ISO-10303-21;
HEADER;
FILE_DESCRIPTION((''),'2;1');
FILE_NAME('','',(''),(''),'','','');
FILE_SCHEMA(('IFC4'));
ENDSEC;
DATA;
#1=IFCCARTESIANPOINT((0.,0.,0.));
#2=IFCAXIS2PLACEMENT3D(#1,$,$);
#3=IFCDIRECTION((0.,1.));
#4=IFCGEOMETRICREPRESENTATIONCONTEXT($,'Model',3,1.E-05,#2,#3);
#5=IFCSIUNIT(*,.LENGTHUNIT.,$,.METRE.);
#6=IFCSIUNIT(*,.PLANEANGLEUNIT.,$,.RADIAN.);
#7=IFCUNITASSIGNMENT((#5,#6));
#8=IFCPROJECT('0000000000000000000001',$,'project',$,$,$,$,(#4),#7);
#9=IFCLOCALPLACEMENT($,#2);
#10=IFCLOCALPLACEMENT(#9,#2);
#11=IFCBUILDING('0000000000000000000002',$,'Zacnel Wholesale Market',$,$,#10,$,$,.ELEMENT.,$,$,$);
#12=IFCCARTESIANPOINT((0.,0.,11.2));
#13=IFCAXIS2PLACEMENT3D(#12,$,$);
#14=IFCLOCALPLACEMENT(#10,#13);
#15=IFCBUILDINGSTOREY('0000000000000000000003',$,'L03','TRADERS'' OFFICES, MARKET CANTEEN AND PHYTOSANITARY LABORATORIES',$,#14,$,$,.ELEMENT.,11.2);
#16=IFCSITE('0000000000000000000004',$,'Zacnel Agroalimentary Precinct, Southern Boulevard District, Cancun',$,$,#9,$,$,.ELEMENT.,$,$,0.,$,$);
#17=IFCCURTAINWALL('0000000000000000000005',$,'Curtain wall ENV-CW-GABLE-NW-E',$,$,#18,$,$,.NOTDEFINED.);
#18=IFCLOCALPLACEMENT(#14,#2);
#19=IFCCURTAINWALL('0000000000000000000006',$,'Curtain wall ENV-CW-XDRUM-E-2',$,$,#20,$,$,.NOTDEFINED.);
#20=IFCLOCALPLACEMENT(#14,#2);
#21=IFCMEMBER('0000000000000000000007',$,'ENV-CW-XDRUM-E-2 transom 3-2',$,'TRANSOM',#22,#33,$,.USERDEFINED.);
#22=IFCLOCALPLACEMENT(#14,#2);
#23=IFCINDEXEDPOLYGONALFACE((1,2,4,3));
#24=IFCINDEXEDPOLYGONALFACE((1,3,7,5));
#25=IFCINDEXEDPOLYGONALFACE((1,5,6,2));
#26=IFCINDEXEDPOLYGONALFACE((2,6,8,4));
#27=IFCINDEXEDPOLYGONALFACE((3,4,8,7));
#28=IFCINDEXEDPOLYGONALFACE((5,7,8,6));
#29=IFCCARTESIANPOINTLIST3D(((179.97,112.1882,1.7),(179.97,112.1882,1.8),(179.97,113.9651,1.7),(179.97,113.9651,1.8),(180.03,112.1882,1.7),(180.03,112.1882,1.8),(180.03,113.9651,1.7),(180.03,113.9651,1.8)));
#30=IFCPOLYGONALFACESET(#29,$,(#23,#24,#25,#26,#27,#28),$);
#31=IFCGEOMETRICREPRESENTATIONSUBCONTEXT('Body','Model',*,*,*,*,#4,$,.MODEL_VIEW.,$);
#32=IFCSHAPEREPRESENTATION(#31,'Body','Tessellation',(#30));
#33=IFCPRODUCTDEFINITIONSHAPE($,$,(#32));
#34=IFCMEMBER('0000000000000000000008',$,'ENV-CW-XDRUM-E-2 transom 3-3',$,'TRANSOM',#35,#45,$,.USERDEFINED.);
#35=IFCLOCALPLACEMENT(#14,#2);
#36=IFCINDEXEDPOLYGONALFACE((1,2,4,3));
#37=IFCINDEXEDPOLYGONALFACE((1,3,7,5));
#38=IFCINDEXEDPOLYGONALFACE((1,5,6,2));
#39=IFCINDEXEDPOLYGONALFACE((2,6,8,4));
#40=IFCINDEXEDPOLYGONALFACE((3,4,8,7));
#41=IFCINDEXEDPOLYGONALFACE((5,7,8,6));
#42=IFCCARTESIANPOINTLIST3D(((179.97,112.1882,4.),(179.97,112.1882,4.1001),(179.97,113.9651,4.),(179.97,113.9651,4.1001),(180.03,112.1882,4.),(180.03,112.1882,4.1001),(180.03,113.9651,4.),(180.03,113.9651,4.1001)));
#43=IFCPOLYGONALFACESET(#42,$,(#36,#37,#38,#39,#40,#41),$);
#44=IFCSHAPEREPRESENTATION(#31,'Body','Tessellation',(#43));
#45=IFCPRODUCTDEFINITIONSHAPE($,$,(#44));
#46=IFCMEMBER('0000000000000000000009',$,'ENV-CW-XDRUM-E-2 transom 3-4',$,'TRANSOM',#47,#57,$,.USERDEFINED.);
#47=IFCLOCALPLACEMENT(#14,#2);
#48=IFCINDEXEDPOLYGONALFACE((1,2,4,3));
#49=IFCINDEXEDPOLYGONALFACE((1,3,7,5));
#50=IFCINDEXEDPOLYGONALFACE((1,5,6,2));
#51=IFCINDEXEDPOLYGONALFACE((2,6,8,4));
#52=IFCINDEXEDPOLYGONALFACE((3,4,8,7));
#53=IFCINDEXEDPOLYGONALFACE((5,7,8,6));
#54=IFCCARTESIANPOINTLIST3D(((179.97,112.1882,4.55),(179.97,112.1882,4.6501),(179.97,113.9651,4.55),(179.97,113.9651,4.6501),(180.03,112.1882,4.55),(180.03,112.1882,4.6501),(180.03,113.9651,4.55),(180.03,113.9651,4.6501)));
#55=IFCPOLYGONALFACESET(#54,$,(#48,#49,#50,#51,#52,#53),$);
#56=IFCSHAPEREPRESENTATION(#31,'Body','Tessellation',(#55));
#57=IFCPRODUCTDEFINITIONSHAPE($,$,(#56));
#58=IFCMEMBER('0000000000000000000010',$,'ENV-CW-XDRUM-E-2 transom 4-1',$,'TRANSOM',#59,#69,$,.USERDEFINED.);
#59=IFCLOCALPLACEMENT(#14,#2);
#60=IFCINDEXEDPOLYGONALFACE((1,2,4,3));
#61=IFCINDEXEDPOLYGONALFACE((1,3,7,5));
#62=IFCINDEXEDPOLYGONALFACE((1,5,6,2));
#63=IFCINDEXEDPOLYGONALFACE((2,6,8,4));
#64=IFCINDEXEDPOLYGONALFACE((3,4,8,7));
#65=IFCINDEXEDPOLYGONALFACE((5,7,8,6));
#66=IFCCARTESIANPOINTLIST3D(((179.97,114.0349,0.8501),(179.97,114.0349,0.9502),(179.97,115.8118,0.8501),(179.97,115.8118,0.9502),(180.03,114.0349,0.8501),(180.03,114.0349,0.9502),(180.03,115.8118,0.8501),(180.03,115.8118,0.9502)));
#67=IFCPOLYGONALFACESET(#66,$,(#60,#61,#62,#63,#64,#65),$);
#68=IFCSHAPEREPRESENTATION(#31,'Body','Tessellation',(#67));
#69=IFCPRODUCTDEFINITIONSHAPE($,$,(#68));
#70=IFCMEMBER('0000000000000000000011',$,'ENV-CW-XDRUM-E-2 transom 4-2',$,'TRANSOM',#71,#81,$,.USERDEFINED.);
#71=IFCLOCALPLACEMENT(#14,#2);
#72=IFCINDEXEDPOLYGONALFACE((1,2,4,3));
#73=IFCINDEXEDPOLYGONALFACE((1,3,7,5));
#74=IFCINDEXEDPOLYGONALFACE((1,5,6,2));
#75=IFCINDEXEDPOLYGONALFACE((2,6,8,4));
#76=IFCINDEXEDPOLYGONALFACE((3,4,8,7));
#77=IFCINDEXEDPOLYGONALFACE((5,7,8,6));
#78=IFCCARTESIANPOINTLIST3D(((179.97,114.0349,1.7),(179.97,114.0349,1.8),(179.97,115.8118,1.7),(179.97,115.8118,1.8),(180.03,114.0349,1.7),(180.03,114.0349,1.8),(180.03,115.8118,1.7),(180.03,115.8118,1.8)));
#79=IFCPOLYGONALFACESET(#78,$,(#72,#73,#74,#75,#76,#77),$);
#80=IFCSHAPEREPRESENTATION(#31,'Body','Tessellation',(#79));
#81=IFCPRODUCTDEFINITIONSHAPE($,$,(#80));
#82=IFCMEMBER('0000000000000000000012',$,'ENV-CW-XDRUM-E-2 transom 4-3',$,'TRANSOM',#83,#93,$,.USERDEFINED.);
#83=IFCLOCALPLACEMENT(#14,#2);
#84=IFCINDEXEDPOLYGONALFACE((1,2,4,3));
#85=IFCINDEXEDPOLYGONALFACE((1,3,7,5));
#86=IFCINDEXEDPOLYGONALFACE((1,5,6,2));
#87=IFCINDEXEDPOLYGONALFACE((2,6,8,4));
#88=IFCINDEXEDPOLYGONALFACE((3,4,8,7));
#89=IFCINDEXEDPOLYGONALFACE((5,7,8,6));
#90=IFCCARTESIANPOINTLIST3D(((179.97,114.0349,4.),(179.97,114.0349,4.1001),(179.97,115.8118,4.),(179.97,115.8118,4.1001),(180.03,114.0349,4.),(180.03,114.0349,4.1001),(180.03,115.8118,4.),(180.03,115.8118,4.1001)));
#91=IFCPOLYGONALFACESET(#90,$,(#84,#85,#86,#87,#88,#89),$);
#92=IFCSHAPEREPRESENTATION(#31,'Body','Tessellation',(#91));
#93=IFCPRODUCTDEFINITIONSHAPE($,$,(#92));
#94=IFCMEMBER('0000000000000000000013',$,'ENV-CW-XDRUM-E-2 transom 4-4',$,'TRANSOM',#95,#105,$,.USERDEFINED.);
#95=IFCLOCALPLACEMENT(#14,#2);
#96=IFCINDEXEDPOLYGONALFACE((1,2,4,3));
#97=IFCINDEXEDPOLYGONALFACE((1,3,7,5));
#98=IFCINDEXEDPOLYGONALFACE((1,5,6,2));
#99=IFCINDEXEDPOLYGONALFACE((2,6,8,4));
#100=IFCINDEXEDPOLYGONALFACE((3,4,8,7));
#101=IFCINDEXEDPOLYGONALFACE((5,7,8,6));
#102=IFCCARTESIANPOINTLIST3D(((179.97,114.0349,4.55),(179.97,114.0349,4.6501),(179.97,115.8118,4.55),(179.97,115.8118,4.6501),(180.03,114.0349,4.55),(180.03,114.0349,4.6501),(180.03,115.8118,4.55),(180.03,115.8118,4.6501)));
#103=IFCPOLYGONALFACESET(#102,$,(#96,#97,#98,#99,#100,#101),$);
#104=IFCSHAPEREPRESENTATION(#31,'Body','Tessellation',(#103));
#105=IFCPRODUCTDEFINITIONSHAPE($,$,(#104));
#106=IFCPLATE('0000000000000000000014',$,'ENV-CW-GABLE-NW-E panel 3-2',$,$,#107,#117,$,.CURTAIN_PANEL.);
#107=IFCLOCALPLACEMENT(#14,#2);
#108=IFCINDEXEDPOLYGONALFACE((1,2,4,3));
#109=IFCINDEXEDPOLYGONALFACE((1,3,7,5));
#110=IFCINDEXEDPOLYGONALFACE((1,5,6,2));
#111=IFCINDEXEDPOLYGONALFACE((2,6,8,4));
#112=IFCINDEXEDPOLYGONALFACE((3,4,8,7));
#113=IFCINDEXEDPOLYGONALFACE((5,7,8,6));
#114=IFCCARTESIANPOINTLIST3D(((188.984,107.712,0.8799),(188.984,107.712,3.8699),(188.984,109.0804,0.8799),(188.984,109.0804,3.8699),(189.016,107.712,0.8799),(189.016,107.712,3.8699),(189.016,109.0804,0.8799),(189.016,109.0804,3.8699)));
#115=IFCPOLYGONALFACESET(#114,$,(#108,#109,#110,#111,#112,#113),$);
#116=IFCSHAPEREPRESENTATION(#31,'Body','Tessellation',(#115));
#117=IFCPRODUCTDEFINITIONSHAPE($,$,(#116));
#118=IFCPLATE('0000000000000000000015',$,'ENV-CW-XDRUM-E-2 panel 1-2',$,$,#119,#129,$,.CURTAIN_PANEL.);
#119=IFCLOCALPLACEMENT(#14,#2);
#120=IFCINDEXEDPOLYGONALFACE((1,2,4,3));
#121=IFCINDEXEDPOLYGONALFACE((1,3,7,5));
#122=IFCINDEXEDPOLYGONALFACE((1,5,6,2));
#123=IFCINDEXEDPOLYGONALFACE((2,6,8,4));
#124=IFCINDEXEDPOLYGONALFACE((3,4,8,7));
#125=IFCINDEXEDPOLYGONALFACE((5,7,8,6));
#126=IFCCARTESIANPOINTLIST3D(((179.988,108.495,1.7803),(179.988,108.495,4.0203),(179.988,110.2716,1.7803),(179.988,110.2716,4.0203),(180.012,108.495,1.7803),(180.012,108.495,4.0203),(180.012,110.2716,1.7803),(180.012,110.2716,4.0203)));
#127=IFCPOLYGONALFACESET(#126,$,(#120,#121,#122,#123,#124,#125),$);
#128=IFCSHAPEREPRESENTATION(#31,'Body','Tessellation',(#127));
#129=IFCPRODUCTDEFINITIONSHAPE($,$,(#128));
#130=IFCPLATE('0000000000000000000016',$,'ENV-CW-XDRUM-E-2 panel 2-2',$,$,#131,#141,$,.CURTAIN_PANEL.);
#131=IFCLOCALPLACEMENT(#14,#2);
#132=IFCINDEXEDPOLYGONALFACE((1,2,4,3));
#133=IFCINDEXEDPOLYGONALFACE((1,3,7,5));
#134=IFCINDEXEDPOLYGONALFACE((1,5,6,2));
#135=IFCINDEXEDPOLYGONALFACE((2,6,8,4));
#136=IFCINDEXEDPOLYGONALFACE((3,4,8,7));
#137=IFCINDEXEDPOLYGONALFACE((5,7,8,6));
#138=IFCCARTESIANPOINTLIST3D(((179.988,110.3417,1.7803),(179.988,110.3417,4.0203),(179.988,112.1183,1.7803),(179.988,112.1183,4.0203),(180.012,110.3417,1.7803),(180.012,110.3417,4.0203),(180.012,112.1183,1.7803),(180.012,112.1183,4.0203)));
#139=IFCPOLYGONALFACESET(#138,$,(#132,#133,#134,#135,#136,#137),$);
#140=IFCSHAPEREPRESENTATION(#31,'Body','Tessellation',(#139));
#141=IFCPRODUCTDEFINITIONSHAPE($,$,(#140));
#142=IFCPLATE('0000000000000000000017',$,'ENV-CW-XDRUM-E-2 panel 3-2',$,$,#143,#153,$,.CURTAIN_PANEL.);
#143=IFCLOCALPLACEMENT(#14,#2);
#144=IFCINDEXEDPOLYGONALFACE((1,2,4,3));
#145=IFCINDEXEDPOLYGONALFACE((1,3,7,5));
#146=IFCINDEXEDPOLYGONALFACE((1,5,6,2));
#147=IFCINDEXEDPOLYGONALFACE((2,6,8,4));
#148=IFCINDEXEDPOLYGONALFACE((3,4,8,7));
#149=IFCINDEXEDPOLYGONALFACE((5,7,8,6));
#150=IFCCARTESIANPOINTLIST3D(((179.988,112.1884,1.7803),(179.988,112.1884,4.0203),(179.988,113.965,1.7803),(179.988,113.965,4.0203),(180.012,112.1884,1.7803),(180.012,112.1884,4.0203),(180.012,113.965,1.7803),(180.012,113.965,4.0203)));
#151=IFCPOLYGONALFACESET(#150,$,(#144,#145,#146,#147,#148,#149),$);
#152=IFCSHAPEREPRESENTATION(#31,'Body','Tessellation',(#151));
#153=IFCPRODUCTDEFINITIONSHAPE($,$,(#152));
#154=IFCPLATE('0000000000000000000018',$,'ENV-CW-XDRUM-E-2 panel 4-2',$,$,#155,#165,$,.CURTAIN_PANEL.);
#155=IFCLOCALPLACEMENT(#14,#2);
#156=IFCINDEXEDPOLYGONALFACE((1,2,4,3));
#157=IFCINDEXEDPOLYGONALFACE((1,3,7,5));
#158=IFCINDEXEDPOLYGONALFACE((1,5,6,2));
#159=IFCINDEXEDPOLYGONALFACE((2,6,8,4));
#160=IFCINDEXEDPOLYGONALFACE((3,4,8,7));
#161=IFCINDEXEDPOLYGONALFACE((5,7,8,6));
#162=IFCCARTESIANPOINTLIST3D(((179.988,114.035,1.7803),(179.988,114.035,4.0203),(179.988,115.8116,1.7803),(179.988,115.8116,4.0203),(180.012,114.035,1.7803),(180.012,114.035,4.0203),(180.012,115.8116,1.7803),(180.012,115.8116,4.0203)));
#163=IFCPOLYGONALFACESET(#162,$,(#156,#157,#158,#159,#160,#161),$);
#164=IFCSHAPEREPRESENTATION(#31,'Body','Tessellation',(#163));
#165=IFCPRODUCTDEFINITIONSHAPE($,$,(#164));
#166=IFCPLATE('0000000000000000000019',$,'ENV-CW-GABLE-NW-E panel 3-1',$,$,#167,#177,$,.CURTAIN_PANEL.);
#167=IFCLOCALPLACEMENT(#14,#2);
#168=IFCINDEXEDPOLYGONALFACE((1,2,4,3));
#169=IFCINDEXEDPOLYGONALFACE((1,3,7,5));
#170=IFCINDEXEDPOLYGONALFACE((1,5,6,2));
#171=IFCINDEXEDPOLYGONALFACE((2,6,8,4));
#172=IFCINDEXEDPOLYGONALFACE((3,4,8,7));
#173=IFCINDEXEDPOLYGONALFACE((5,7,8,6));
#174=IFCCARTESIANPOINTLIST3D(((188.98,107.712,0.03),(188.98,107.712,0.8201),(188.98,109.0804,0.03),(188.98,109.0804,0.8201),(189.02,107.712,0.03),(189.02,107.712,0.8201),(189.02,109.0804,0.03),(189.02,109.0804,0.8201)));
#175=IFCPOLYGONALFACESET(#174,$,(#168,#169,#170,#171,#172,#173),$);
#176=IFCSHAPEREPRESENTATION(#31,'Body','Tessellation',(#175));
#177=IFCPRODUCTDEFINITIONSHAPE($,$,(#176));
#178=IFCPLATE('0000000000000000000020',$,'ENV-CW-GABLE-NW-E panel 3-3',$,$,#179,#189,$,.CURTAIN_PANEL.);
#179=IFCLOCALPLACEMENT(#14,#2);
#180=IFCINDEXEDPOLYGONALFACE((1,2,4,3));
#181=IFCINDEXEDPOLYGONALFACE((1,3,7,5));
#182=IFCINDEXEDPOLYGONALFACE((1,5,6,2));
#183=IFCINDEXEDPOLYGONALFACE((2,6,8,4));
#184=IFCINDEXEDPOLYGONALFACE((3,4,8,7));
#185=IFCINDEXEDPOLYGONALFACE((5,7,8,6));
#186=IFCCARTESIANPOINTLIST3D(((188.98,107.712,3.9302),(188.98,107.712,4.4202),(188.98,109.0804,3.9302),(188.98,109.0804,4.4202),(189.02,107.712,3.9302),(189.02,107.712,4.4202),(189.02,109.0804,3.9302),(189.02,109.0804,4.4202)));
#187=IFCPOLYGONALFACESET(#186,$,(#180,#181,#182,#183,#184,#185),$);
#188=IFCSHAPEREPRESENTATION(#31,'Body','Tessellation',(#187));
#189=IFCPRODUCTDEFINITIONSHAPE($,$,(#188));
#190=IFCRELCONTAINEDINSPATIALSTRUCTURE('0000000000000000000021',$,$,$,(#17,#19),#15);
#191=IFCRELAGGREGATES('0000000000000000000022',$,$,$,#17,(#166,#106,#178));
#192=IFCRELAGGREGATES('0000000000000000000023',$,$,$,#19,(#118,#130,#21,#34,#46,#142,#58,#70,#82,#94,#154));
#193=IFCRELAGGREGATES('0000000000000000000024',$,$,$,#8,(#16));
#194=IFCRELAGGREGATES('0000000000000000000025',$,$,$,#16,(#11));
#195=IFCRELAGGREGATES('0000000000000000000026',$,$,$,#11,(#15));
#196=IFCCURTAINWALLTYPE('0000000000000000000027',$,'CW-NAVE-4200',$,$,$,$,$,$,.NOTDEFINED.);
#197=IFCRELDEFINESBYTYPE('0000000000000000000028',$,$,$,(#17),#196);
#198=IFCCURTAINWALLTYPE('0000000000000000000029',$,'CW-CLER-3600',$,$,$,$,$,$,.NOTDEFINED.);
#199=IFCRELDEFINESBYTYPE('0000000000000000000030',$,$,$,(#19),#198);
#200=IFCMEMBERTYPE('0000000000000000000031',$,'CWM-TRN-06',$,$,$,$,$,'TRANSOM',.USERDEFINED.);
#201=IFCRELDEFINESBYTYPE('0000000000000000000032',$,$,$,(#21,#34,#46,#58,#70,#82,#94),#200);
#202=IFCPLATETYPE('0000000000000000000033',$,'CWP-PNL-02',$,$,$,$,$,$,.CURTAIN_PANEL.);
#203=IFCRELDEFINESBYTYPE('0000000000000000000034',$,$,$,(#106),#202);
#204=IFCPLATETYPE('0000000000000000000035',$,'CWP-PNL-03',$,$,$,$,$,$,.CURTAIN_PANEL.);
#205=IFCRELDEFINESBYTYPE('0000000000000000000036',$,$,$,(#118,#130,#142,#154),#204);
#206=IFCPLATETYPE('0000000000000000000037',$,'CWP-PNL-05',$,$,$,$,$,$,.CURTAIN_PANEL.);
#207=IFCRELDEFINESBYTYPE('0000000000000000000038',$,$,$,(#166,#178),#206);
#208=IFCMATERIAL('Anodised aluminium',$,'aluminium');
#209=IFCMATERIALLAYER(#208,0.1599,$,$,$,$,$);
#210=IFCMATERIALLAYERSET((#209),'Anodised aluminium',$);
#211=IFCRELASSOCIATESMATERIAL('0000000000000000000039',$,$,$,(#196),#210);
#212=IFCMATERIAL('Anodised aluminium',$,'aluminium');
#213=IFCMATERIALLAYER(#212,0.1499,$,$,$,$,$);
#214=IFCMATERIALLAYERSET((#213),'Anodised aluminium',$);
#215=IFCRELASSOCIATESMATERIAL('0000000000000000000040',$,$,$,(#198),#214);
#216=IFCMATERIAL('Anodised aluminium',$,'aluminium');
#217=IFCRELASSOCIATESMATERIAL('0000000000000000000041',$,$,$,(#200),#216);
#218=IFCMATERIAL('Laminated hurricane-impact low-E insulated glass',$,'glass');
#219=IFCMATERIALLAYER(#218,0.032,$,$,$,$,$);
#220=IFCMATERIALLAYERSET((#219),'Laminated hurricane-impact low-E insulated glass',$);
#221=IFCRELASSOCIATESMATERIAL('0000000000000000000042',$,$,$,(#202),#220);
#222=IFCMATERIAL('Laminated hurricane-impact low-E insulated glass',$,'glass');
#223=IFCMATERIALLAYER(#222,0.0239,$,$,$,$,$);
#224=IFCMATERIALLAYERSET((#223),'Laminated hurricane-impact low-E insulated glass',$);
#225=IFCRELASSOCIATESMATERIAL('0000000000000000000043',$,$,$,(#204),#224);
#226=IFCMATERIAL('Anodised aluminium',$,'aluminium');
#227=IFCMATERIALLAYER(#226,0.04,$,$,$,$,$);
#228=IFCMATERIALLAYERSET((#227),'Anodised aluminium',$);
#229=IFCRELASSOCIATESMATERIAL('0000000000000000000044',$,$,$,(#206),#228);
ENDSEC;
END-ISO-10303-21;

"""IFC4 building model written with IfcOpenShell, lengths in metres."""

from ifc_helpers import new_model, si_unit, direction, frame, origin, origin_2d, place, context, subcontext, project, spatial, rectangle, extrude, material, layer, layer_set, material_profile, profile_set, type_object, element, aggregate, save


model = new_model("IFC4")

# Units and contexts
model_context = context("Model", 3, precision=1e-05, world=origin(), true_north=direction((0.0, 1.0)))
body_context = subcontext(model_context, "Body", "Model", "MODEL_VIEW")
ifc_project = project(units=[si_unit("LENGTHUNIT", "METRE"), si_unit("PLANEANGLEUNIT", "RADIAN")], contexts=[model_context])

# Site, building, storey
site_placement = place(None, origin())
site = spatial("IfcSite", under=ifc_project, at=site_placement, Name="Zacnel Agroalimentary Precinct, Southern Boulevard District, Cancun", CompositionType="ELEMENT", RefElevation=0.0)
building_placement = place(site_placement, origin())
building = spatial("IfcBuilding", under=site, at=building_placement, Name="Zacnel Wholesale Market", CompositionType="ELEMENT")
storey_placement = place(building_placement, frame((0.0, 0.0, 11.2)))
storey = spatial("IfcBuildingStorey", under=building, at=storey_placement, Name="L03", Description="TRADERS' OFFICES, MARKET CANTEEN AND PHYTOSANITARY LABORATORIES", CompositionType="ELEMENT", Elevation=11.2)

# Curtain wall
ifc_material_1 = material(Name="Anodised aluminium", Category="aluminium")
ifc_layer_1 = layer(ifc_material_1, 0.1599)
ifc_layer_set_1 = layer_set([ifc_layer_1], Name="Anodised aluminium")
curtain_wall_type_1 = type_object("IfcCurtainWallType", Name="CW-NAVE-4200", PredefinedType="NOTDEFINED", material=ifc_layer_set_1)
curtain_wall_1_placement = place(storey_placement, origin())
curtain_wall_1 = element("IfcCurtainWall", 1, at=curtain_wall_1_placement, inside=storey, type_object=curtain_wall_type_1, Name="Curtain wall ENV-CW-GABLE-NW-E", PredefinedType="NOTDEFINED")

# Curtain wall
ifc_material_2 = material(Name="Anodised aluminium", Category="aluminium")
ifc_layer_2 = layer(ifc_material_2, 0.1499)
ifc_layer_set_2 = layer_set([ifc_layer_2], Name="Anodised aluminium")
curtain_wall_type_2 = type_object("IfcCurtainWallType", Name="CW-CLER-3600", PredefinedType="NOTDEFINED", material=ifc_layer_set_2)
curtain_wall_2_placement = place(storey_placement, origin())
curtain_wall_2 = element("IfcCurtainWall", 2, at=curtain_wall_2_placement, inside=storey, type_object=curtain_wall_type_2, Name="Curtain wall ENV-CW-XDRUM-E-2", PredefinedType="NOTDEFINED")

# Members
ifc_material_3 = material(Name="Anodised aluminium", Category="aluminium")
ifc_material_profile_1 = material_profile(ifc_material_3, rectangle(XDim=0.0601, YDim=0.1001, at=origin_2d()), Name="AW-TRANSOM 60x100")
ifc_profile_set_1 = profile_set([ifc_material_profile_1], Name="Anodised aluminium")
member_type_1 = type_object("IfcMemberType", Name="CWM-TRN-06", ElementType="TRANSOM", PredefinedType="USERDEFINED", material=ifc_profile_set_1)
member_1_placement = place(storey_placement, frame((180.0, 112.1882, 1.75), z_axis=(0.0, 1.0, 0.0), x_axis=(-1.0, 0.0, 0.0)))
member_1 = element("IfcMember", 3, at=member_1_placement, type_object=member_type_1, Name="ENV-CW-XDRUM-E-2 transom 3-2", ObjectType="TRANSOM", PredefinedType="USERDEFINED", context=body_context, shape_type="SweptSolid", body=[
    extrude(rectangle(XDim=0.0601, YDim=0.1001, at=origin_2d()), origin(), (0.0, 0.0, 1.0), 1.7769),
])
member_2_placement = place(storey_placement, frame((180.0, 112.1882, 4.05), z_axis=(0.0, 1.0, 0.0), x_axis=(-1.0, 0.0, 0.0)))
member_2 = element("IfcMember", 4, at=member_2_placement, type_object=member_type_1, Name="ENV-CW-XDRUM-E-2 transom 3-3", ObjectType="TRANSOM", PredefinedType="USERDEFINED", context=body_context, shape_type="SweptSolid", body=[
    extrude(rectangle(XDim=0.0601, YDim=0.1001, at=origin_2d()), origin(), (0.0, 0.0, 1.0), 1.7769),
])
member_3_placement = place(storey_placement, frame((180.0, 112.1882, 4.6001), z_axis=(0.0, 1.0, 0.0), x_axis=(-1.0, 0.0, 0.0)))
member_3 = element("IfcMember", 5, at=member_3_placement, type_object=member_type_1, Name="ENV-CW-XDRUM-E-2 transom 3-4", ObjectType="TRANSOM", PredefinedType="USERDEFINED", context=body_context, shape_type="SweptSolid", body=[
    extrude(rectangle(XDim=0.0601, YDim=0.1001, at=origin_2d()), origin(), (0.0, 0.0, 1.0), 1.7769),
])
member_4_placement = place(storey_placement, frame((180.0, 114.0349, 0.9001), z_axis=(0.0, 1.0, 0.0), x_axis=(-1.0, 0.0, 0.0)))
member_4 = element("IfcMember", 6, at=member_4_placement, type_object=member_type_1, Name="ENV-CW-XDRUM-E-2 transom 4-1", ObjectType="TRANSOM", PredefinedType="USERDEFINED", context=body_context, shape_type="SweptSolid", body=[
    extrude(rectangle(XDim=0.0601, YDim=0.1001, at=origin_2d()), origin(), (0.0, 0.0, 1.0), 1.7769),
])
member_5_placement = place(storey_placement, frame((180.0, 114.0349, 1.75), z_axis=(0.0, 1.0, 0.0), x_axis=(-1.0, 0.0, 0.0)))
member_5 = element("IfcMember", 7, at=member_5_placement, type_object=member_type_1, Name="ENV-CW-XDRUM-E-2 transom 4-2", ObjectType="TRANSOM", PredefinedType="USERDEFINED", context=body_context, shape_type="SweptSolid", body=[
    extrude(rectangle(XDim=0.0601, YDim=0.1001, at=origin_2d()), origin(), (0.0, 0.0, 1.0), 1.7769),
])
member_6_placement = place(storey_placement, frame((180.0, 114.0349, 4.05), z_axis=(0.0, 1.0, 0.0), x_axis=(-1.0, 0.0, 0.0)))
member_6 = element("IfcMember", 8, at=member_6_placement, type_object=member_type_1, Name="ENV-CW-XDRUM-E-2 transom 4-3", ObjectType="TRANSOM", PredefinedType="USERDEFINED", context=body_context, shape_type="SweptSolid", body=[
    extrude(rectangle(XDim=0.0601, YDim=0.1001, at=origin_2d()), origin(), (0.0, 0.0, 1.0), 1.7769),
])
member_7_placement = place(storey_placement, frame((180.0, 114.0349, 4.6001), z_axis=(0.0, 1.0, 0.0), x_axis=(-1.0, 0.0, 0.0)))
member_7 = element("IfcMember", 9, at=member_7_placement, type_object=member_type_1, Name="ENV-CW-XDRUM-E-2 transom 4-4", ObjectType="TRANSOM", PredefinedType="USERDEFINED", context=body_context, shape_type="SweptSolid", body=[
    extrude(rectangle(XDim=0.0601, YDim=0.1001, at=origin_2d()), origin(), (0.0, 0.0, 1.0), 1.7769),
])

# Plates
ifc_material_4 = material(Name="Laminated hurricane-impact low-E insulated glass", Category="glass")
ifc_layer_3 = layer(ifc_material_4, 0.032)
ifc_layer_set_3 = layer_set([ifc_layer_3], Name="Laminated hurricane-impact low-E insulated glass")
plate_type_1 = type_object("IfcPlateType", Name="CWP-PNL-02", PredefinedType="CURTAIN_PANEL", material=ifc_layer_set_3)
plate_1_placement = place(storey_placement, frame((189.0, 108.3962, 0.8799), z_axis=(0.0, 0.0, 1.0), x_axis=(0.0, 1.0, 0.0)))
plate_1 = element("IfcPlate", 10, at=plate_1_placement, type_object=plate_type_1, Name="ENV-CW-GABLE-NW-E panel 3-2", PredefinedType="CURTAIN_PANEL", context=body_context, shape_type="SweptSolid", body=[
    extrude(rectangle(XDim=1.3684, YDim=0.032, at=origin_2d()), origin(), (0.0, 0.0, 1.0), 2.99),
])
ifc_material_5 = material(Name="Laminated hurricane-impact low-E insulated glass", Category="glass")
ifc_layer_4 = layer(ifc_material_5, 0.0239)
ifc_layer_set_4 = layer_set([ifc_layer_4], Name="Laminated hurricane-impact low-E insulated glass")
plate_type_2 = type_object("IfcPlateType", Name="CWP-PNL-03", PredefinedType="CURTAIN_PANEL", material=ifc_layer_set_4)
plate_2_placement = place(storey_placement, frame((180.0, 109.3833, 1.7803), z_axis=(0.0, 0.0, 1.0), x_axis=(0.0, 1.0, 0.0)))
plate_2 = element("IfcPlate", 11, at=plate_2_placement, type_object=plate_type_2, Name="ENV-CW-XDRUM-E-2 panel 1-2", PredefinedType="CURTAIN_PANEL", context=body_context, shape_type="SweptSolid", body=[
    extrude(rectangle(XDim=1.7766, YDim=0.0239, at=origin_2d()), origin(), (0.0, 0.0, 1.0), 2.24),
])
plate_3_placement = place(storey_placement, frame((180.0, 111.23, 1.7803), z_axis=(0.0, 0.0, 1.0), x_axis=(0.0, 1.0, 0.0)))
plate_3 = element("IfcPlate", 12, at=plate_3_placement, type_object=plate_type_2, Name="ENV-CW-XDRUM-E-2 panel 2-2", PredefinedType="CURTAIN_PANEL", context=body_context, shape_type="SweptSolid", body=[
    extrude(rectangle(XDim=1.7766, YDim=0.0239, at=origin_2d()), origin(), (0.0, 0.0, 1.0), 2.24),
])
plate_4_placement = place(storey_placement, frame((180.0, 113.0767, 1.7803), z_axis=(0.0, 0.0, 1.0), x_axis=(0.0, 1.0, 0.0)))
plate_4 = element("IfcPlate", 13, at=plate_4_placement, type_object=plate_type_2, Name="ENV-CW-XDRUM-E-2 panel 3-2", PredefinedType="CURTAIN_PANEL", context=body_context, shape_type="SweptSolid", body=[
    extrude(rectangle(XDim=1.7766, YDim=0.0239, at=origin_2d()), origin(), (0.0, 0.0, 1.0), 2.24),
])
plate_5_placement = place(storey_placement, frame((180.0, 114.9233, 1.7803), z_axis=(0.0, 0.0, 1.0), x_axis=(0.0, 1.0, 0.0)))
plate_5 = element("IfcPlate", 14, at=plate_5_placement, type_object=plate_type_2, Name="ENV-CW-XDRUM-E-2 panel 4-2", PredefinedType="CURTAIN_PANEL", context=body_context, shape_type="SweptSolid", body=[
    extrude(rectangle(XDim=1.7766, YDim=0.0239, at=origin_2d()), origin(), (0.0, 0.0, 1.0), 2.24),
])
ifc_material_6 = material(Name="Anodised aluminium", Category="aluminium")
ifc_layer_5 = layer(ifc_material_6, 0.04)
ifc_layer_set_5 = layer_set([ifc_layer_5], Name="Anodised aluminium")
plate_type_3 = type_object("IfcPlateType", Name="CWP-PNL-05", PredefinedType="CURTAIN_PANEL", material=ifc_layer_set_5)
plate_6_placement = place(storey_placement, frame((189.0, 108.3962, 0.03), z_axis=(0.0, 0.0, 1.0), x_axis=(0.0, 1.0, 0.0)))
plate_6 = element("IfcPlate", 15, at=plate_6_placement, type_object=plate_type_3, Name="ENV-CW-GABLE-NW-E panel 3-1", PredefinedType="CURTAIN_PANEL", context=body_context, shape_type="SweptSolid", body=[
    extrude(rectangle(XDim=1.3684, YDim=0.04, at=origin_2d()), origin(), (0.0, 0.0, 1.0), 0.79),
])
plate_7_placement = place(storey_placement, frame((189.0, 108.3962, 3.9302), z_axis=(0.0, 0.0, 1.0), x_axis=(0.0, 1.0, 0.0)))
plate_7 = element("IfcPlate", 16, at=plate_7_placement, type_object=plate_type_3, Name="ENV-CW-GABLE-NW-E panel 3-3", PredefinedType="CURTAIN_PANEL", context=body_context, shape_type="SweptSolid", body=[
    extrude(rectangle(XDim=1.3684, YDim=0.04, at=origin_2d()), origin(), (0.0, 0.0, 1.0), 0.49),
])
aggregate(curtain_wall_1, [plate_6, plate_1, plate_7])
aggregate(curtain_wall_2, [plate_2, plate_3, member_1, member_2, member_3, plate_4, member_4, member_5, member_6, member_7, plate_5])

save(model, "model.ifc")
